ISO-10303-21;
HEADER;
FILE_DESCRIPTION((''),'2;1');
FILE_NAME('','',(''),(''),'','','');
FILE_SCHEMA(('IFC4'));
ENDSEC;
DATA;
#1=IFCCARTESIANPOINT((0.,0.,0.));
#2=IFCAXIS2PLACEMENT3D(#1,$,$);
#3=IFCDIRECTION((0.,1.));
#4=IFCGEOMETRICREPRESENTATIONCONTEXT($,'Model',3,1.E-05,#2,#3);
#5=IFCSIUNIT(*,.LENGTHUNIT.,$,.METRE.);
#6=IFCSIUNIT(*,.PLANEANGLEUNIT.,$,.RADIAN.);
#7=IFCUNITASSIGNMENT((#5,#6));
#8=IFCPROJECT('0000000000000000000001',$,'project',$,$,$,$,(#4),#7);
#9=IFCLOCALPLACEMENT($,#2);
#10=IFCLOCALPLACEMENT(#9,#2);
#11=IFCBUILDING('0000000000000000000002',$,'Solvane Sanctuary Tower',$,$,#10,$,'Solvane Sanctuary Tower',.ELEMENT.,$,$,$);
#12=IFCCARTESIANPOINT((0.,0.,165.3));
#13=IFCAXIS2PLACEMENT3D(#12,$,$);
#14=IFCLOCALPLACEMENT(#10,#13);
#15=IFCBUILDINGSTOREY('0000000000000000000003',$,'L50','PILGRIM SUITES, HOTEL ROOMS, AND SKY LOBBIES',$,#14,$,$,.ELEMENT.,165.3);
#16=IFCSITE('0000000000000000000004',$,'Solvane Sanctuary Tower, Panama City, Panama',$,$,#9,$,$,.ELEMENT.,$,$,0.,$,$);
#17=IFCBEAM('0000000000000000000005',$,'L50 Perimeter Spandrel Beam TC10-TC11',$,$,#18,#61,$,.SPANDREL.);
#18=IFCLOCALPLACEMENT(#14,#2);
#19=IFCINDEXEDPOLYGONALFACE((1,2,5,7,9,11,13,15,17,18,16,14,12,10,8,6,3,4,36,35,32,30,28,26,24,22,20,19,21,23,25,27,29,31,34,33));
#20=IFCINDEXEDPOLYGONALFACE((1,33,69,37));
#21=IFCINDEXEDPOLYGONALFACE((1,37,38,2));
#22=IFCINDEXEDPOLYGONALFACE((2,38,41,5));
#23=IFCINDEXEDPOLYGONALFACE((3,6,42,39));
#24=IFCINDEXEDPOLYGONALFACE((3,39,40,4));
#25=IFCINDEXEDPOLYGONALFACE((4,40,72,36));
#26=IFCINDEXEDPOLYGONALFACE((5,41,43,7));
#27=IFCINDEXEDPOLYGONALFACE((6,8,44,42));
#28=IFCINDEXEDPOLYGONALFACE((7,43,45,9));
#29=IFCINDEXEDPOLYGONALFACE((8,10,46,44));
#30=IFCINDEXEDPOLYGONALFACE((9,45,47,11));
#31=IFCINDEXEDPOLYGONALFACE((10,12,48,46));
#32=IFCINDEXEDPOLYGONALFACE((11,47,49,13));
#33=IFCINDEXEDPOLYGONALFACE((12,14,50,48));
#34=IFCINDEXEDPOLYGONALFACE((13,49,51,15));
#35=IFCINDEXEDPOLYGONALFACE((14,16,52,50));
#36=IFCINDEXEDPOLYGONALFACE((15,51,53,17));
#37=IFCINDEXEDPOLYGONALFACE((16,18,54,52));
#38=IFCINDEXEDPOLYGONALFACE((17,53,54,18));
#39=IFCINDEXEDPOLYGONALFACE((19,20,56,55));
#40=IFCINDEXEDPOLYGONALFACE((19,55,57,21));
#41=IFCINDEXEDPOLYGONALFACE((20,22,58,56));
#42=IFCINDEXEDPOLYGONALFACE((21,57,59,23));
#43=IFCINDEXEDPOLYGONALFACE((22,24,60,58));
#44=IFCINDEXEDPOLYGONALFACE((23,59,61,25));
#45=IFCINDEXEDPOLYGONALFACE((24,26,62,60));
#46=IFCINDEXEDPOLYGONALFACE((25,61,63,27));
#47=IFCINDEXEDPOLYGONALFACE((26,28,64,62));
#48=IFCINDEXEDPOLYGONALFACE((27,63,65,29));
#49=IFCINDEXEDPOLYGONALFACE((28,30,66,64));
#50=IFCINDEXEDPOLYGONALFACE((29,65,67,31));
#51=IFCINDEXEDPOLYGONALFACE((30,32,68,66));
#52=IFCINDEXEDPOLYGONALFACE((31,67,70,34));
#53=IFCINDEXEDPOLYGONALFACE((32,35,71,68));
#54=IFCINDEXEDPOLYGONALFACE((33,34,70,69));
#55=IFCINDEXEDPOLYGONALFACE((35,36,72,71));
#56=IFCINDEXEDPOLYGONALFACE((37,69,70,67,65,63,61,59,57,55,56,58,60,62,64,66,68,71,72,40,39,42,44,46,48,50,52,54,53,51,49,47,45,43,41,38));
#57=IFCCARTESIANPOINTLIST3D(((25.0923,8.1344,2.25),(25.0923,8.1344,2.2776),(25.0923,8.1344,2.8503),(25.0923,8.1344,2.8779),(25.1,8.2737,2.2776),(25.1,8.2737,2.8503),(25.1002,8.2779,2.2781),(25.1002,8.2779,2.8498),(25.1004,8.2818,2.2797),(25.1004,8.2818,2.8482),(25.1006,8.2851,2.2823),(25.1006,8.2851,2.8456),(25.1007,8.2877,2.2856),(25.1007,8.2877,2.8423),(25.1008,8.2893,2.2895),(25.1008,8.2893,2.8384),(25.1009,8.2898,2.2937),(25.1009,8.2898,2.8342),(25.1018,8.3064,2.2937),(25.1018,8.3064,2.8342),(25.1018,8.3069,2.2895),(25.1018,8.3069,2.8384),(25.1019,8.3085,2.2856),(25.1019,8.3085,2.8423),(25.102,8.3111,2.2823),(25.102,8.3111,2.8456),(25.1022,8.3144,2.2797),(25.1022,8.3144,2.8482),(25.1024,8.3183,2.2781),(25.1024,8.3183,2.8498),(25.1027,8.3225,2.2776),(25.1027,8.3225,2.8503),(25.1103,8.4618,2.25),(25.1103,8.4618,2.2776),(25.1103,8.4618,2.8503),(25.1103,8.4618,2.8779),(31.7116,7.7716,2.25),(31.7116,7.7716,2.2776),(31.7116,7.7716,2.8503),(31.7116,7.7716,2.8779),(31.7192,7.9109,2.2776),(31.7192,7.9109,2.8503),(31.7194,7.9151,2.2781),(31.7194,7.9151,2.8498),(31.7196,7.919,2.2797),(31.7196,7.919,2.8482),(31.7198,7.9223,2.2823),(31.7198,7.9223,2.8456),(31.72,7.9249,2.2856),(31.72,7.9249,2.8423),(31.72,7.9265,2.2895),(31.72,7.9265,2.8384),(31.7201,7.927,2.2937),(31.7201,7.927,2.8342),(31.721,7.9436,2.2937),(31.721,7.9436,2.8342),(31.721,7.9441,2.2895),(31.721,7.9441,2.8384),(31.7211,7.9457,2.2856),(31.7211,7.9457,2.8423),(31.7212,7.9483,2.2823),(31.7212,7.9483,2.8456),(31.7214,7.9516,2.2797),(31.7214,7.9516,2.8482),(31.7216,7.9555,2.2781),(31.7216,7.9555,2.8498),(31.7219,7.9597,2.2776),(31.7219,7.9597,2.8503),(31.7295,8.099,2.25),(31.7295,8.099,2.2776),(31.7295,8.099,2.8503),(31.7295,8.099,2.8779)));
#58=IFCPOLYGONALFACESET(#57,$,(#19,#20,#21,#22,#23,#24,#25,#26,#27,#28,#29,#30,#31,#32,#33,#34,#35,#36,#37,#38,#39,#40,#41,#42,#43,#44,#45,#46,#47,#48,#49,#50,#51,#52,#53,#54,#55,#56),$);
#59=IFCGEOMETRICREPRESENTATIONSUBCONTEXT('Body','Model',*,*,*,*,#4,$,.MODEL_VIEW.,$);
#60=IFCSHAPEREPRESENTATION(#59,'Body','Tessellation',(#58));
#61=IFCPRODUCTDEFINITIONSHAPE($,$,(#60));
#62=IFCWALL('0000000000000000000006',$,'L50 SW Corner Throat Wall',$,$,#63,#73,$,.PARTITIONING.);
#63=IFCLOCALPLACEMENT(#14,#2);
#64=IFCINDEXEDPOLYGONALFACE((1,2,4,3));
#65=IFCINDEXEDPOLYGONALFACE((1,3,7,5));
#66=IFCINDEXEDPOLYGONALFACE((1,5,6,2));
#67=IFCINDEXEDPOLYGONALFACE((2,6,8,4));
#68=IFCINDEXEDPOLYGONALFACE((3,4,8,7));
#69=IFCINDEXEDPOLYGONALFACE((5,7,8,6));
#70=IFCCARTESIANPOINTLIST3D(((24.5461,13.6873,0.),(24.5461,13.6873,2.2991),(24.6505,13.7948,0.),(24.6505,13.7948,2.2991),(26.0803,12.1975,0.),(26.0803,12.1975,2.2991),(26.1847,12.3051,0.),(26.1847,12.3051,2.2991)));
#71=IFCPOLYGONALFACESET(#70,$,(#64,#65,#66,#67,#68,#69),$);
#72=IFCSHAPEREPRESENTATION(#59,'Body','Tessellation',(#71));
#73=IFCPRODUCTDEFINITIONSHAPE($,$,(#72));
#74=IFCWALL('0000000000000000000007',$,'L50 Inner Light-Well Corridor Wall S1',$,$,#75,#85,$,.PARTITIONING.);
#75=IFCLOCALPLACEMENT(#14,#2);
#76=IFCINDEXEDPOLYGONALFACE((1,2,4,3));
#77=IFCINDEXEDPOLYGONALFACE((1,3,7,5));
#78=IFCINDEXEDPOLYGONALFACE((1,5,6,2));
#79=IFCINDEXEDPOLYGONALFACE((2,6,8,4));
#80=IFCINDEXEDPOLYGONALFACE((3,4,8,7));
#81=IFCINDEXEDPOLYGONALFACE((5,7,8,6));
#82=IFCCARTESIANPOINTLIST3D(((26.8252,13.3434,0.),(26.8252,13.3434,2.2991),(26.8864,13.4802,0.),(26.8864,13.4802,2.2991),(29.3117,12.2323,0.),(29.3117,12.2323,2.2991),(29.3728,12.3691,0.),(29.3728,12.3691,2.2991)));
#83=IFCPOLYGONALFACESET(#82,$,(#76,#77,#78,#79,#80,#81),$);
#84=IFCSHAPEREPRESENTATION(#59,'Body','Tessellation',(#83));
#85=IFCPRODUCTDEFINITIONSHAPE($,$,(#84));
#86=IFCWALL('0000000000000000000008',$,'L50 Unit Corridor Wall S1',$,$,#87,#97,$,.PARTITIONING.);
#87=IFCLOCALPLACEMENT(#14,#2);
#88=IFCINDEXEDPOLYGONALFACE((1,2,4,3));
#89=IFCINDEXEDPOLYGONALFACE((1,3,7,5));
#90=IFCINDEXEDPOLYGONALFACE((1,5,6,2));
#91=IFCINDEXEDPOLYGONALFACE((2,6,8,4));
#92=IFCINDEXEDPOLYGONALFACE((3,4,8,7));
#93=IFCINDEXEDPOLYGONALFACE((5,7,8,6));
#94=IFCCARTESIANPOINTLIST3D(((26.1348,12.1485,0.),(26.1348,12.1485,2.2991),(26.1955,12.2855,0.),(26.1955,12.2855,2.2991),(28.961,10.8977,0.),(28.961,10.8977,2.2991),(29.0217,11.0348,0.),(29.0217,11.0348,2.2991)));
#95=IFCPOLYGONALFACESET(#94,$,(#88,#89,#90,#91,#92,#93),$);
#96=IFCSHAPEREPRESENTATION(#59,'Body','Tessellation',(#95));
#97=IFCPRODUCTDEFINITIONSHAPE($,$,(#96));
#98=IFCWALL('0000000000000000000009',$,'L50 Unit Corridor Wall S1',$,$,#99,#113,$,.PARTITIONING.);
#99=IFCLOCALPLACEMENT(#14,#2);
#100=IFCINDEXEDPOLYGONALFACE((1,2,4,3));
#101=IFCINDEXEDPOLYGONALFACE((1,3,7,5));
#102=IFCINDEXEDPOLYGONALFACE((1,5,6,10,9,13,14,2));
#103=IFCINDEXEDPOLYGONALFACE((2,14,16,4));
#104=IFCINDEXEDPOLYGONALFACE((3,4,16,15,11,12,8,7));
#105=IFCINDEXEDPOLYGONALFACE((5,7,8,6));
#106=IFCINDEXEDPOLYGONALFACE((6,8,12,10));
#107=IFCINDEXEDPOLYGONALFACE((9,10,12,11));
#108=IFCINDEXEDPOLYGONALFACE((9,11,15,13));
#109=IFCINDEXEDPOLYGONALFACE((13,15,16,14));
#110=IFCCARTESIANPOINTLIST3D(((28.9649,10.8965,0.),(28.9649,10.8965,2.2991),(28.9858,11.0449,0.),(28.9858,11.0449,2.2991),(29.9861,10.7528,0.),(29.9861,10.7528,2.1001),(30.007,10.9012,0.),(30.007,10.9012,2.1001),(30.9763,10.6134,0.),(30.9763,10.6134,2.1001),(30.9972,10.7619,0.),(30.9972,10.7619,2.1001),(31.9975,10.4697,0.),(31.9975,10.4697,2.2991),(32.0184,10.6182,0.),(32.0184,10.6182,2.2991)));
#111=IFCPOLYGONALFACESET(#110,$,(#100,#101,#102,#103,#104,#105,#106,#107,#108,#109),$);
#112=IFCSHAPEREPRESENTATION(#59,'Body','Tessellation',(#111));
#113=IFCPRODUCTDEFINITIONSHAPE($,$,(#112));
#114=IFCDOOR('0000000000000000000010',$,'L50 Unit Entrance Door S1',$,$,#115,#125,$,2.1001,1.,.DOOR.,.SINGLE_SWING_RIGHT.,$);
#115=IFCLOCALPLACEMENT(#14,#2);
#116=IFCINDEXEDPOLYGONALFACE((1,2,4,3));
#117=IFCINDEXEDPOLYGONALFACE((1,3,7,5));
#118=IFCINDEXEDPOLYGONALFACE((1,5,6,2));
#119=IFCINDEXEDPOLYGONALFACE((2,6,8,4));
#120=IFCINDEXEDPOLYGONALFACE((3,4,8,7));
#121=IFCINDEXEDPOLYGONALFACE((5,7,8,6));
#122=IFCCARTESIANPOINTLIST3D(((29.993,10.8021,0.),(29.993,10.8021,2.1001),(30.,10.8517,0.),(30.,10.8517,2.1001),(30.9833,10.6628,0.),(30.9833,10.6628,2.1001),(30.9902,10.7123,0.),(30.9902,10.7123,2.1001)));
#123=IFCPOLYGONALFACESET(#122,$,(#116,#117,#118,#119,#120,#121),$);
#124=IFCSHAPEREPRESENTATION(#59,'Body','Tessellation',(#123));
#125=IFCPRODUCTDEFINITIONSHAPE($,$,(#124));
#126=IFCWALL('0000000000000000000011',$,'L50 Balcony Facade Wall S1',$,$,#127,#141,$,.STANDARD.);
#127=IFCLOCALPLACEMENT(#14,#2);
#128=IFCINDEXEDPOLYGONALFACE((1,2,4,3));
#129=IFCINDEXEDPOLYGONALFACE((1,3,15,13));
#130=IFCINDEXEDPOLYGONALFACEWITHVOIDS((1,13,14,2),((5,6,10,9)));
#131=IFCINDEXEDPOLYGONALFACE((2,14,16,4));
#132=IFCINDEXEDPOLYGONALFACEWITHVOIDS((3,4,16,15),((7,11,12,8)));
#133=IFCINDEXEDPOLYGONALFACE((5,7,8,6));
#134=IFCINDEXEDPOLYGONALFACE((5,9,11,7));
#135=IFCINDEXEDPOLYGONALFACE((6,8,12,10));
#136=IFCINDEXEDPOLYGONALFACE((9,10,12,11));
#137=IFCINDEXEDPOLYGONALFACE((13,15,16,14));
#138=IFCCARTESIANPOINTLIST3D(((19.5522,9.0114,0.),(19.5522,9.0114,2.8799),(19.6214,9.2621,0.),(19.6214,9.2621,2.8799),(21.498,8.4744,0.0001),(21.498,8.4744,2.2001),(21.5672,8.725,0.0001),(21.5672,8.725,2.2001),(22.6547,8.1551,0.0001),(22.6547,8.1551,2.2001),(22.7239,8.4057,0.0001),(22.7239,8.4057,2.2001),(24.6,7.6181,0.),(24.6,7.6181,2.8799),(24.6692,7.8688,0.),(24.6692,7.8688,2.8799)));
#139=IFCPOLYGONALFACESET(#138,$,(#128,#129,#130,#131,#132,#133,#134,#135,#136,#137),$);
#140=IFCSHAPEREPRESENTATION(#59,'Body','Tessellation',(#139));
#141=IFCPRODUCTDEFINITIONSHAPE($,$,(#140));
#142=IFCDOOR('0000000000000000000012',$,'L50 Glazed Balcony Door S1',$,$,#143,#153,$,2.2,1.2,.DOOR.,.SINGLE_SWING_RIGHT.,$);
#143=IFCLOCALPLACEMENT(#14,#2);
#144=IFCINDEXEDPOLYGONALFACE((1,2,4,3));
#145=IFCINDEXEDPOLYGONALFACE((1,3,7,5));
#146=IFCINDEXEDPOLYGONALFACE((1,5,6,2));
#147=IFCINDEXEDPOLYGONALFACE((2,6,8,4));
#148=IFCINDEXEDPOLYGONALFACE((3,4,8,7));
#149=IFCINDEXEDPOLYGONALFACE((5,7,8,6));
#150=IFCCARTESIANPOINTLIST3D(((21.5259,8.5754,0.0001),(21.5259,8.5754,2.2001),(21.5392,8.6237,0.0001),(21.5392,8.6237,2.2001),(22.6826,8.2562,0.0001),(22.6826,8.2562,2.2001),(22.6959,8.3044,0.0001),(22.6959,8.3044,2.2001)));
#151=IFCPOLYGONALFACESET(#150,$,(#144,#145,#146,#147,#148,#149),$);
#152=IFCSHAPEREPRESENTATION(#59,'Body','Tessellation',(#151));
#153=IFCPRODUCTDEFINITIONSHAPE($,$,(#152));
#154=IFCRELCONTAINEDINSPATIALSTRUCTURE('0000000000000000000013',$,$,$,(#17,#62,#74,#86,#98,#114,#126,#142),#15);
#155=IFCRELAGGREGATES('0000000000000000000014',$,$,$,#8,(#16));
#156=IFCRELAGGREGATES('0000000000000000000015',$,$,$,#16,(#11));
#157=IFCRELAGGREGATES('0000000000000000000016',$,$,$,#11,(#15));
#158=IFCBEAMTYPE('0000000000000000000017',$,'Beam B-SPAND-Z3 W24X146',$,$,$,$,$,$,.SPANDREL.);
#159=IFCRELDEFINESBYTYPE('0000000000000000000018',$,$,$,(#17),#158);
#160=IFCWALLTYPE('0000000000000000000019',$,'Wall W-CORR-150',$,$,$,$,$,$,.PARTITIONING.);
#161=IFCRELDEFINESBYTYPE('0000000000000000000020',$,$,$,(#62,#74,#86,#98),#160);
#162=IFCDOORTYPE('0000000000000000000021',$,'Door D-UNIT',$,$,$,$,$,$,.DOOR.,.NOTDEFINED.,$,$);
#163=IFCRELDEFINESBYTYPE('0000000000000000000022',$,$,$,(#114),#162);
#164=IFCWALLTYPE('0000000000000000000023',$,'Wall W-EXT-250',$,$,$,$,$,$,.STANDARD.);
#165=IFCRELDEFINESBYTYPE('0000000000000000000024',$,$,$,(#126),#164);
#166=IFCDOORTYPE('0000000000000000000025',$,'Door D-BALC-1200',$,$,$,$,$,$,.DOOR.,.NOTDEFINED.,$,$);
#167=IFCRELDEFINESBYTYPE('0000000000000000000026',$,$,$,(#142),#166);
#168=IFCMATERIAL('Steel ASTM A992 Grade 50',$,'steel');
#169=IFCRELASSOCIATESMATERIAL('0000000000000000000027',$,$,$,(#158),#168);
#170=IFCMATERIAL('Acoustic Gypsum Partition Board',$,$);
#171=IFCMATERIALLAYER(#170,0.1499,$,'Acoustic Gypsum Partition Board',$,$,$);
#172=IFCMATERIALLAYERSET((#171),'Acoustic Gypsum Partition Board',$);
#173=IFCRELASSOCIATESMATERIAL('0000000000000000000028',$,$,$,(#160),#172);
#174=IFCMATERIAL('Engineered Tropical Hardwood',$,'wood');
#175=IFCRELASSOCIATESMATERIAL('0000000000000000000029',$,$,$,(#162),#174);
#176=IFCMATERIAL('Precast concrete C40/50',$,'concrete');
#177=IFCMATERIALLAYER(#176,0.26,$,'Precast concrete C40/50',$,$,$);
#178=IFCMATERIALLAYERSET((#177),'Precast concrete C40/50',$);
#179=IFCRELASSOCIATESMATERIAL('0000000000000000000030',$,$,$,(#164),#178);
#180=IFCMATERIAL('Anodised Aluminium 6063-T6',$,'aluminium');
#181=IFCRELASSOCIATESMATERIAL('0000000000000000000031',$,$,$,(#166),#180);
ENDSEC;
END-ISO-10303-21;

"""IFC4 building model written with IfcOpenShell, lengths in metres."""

from ifc_helpers import new_model, si_unit, direction, frame, frame_2d, origin, origin_2d, place, context, subcontext, project, spatial, rectangle, i_section, extrude, material, layer, layer_set, material_profile, profile_set, type_object, element, fill, save


model = new_model("IFC4")

# Units and contexts
model_context = context("Model", 3, precision=1e-05, world=origin(), true_north=direction((0.0, 1.0)))
body_context = subcontext(model_context, "Body", "Model", "MODEL_VIEW")
ifc_project = project(units=[si_unit("LENGTHUNIT", "METRE"), si_unit("PLANEANGLEUNIT", "RADIAN")], contexts=[model_context])

# Site, building, storey
site_placement = place(None, origin())
site = spatial("IfcSite", under=ifc_project, at=site_placement, Name="Solvane Sanctuary Tower, Panama City, Panama", CompositionType="ELEMENT", RefElevation=0.0)
building_placement = place(site_placement, origin())
building = spatial("IfcBuilding", under=site, at=building_placement, Name="Solvane Sanctuary Tower", LongName="Solvane Sanctuary Tower", CompositionType="ELEMENT")
storey_placement = place(building_placement, frame((0.0, 0.0, 165.3)))
storey = spatial("IfcBuildingStorey", under=building, at=storey_placement, Name="L50", Description="PILGRIM SUITES, HOTEL ROOMS, AND SKY LOBBIES", CompositionType="ELEMENT", Elevation=165.3)

# Beam
ifc_material_1 = material(Name="Steel ASTM A992 Grade 50", Category="steel")
ifc_material_profile_1 = material_profile(ifc_material_1, i_section(OverallWidth=0.3279, OverallDepth=0.6279, WebThickness=0.0166, FlangeThickness=0.0276, FilletRadius=0.0161, at=origin_2d()), Name="W24X146")
ifc_profile_set_1 = profile_set([ifc_material_profile_1], Name="Steel ASTM A992 Grade 50")
beam_type_1 = type_object("IfcBeamType", Name="Beam B-SPAND-Z3 W24X146", PredefinedType="SPANDREL", material=ifc_profile_set_1)
beam_1_placement = place(storey_placement, frame((25.1013, 8.2981, 2.564), z_axis=(0.998501, -0.054728, 0.0), x_axis=(0.054728, 0.998501, 0.0)))
element("IfcBeam", 1, at=beam_1_placement, inside=storey, type_object=beam_type_1, Name="L50 Perimeter Spandrel Beam TC10-TC11", PredefinedType="SPANDREL", context=body_context, shape_type="SweptSolid", body=[
    extrude(i_section(OverallWidth=0.3279, OverallDepth=0.6279, WebThickness=0.0166, FlangeThickness=0.0276, FilletRadius=0.0161, at=origin_2d()), origin(), (0.0, 0.0, 1.0), 6.6292),
])

# Walls
ifc_material_2 = material(Name="Acoustic Gypsum Partition Board")
ifc_layer_1 = layer(ifc_material_2, 0.1499, Name="Acoustic Gypsum Partition Board")
ifc_layer_set_1 = layer_set([ifc_layer_1], Name="Acoustic Gypsum Partition Board")
wall_type_1 = type_object("IfcWallType", Name="Wall W-CORR-150", PredefinedType="PARTITIONING", material=ifc_layer_set_1)
wall_1_placement = place(storey_placement, frame((26.1326, 12.2512, 0.0), z_axis=(0.0, 0.0, 1.0), x_axis=(-0.71742, 0.696641, 0.0)))
element("IfcWall", 2, at=wall_1_placement, inside=storey, type_object=wall_type_1, Name="L50 SW Corner Throat Wall", PredefinedType="PARTITIONING", context=body_context, shape_type="SweptSolid", body=[
    extrude(rectangle(XDim=2.1384, YDim=0.1499, at=frame_2d((1.0693, 0.0))), origin(), (0.0, 0.0, 1.0), 2.2991),
])
wall_2_placement = place(storey_placement, frame((26.8557, 13.4119, 0.0), z_axis=(0.0, 0.0, 1.0), x_axis=(0.912985, -0.407993, 0.0)))
element("IfcWall", 3, at=wall_2_placement, inside=storey, type_object=wall_type_1, Name="L50 Inner Light-Well Corridor Wall S1", PredefinedType="PARTITIONING", context=body_context, shape_type="SweptSolid", body=[
    extrude(rectangle(XDim=2.7234, YDim=0.1499, at=frame_2d((1.3618, 0.0))), origin(), (0.0, 0.0, 1.0), 2.2991),
])
wall_3_placement = place(storey_placement, frame((26.165, 12.217, 0.0), z_axis=(0.0, 0.0, 1.0), x_axis=(0.914452, -0.404694, 0.0)))
element("IfcWall", 4, at=wall_3_placement, inside=storey, type_object=wall_type_1, Name="L50 Unit Corridor Wall S1", PredefinedType="PARTITIONING", context=body_context, shape_type="SweptSolid", body=[
    extrude(rectangle(XDim=3.0906, YDim=0.1499, at=frame_2d((1.5454, 0.0))), origin(), (0.0, 0.0, 1.0), 2.2991),
])

# Walls, openings, doors
wall_4_placement = place(storey_placement, frame((28.9753, 10.9707, 0.0), z_axis=(0.0, 0.0, 1.0), x_axis=(0.990244, -0.139345, 0.0)))
wall_4 = element("IfcWall", 5, at=wall_4_placement, inside=storey, type_object=wall_type_1, Name="L50 Unit Corridor Wall S1", PredefinedType="PARTITIONING", context=body_context, shape_type="SweptSolid", body=[
    extrude(rectangle(XDim=3.0625, YDim=0.1499, at=frame_2d((1.5312, 0.0))), origin(), (0.0, 0.0, 1.0), 2.2991),
])
opening_1_placement = place(wall_4_placement, frame((1.0312, 0.0, 0.0)))
opening_1 = element("IfcOpeningElement", 6, at=opening_1_placement, cuts=wall_4, PredefinedType="OPENING", context=body_context, shape_type="SweptSolid", body=[
    extrude(rectangle(XDim=1.0, YDim=2.1001, at=frame_2d((0.5, 1.05))), frame((0.0, 0.085, 0.0), z_axis=(0.0, -1.0, 0.0), x_axis=(1.0, 0.0, 0.0)), (0.0, 0.0, 1.0), 0.1699),
])
ifc_material_3 = material(Name="Engineered Tropical Hardwood", Category="wood")
door_type_1 = type_object("IfcDoorType", Name="Door D-UNIT", OperationType="NOTDEFINED", PredefinedType="DOOR", material=ifc_material_3)
door_1_placement = place(opening_1_placement, origin())
door_1 = element("IfcDoor", 7, at=door_1_placement, inside=storey, type_object=door_type_1, Name="L50 Unit Entrance Door S1", OperationType="SINGLE_SWING_RIGHT", OverallHeight=2.1001, OverallWidth=1.0, PredefinedType="DOOR", context=body_context, shape_type="SweptSolid", body=[
    extrude(rectangle(XDim=1.0, YDim=2.1001, at=frame_2d((0.5, 1.05))), frame((0.0, 0.0249, 0.0), z_axis=(0.0, -1.0, 0.0), x_axis=(1.0, 0.0, 0.0)), (0.0, 0.0, 1.0), 0.05),
])
fill(opening_1, door_1)
ifc_material_4 = material(Name="Precast concrete C40/50", Category="concrete")
ifc_layer_2 = layer(ifc_material_4, 0.26, Name="Precast concrete C40/50")
ifc_layer_set_2 = layer_set([ifc_layer_2], Name="Precast concrete C40/50")
wall_type_2 = type_object("IfcWallType", Name="Wall W-EXT-250", PredefinedType="STANDARD", material=ifc_layer_set_2)
wall_5_placement = place(storey_placement, frame((19.5869, 9.1367, 0.0), z_axis=(0.0, 0.0, 1.0), x_axis=(0.963953, -0.266071, 0.0)))
wall_5 = element("IfcWall", 8, at=wall_5_placement, inside=storey, type_object=wall_type_2, Name="L50 Balcony Facade Wall S1", PredefinedType="STANDARD", context=body_context, shape_type="SweptSolid", body=[
    extrude(rectangle(XDim=5.2366, YDim=0.26, at=frame_2d((2.6182, 0.0))), origin(), (0.0, 0.0, 1.0), 2.8799),
])
opening_2_placement = place(wall_5_placement, frame((2.0183, 0.0, 0.0)))
opening_2 = element("IfcOpeningElement", 9, at=opening_2_placement, cuts=wall_5, PredefinedType="OPENING", context=body_context, shape_type="SweptSolid", body=[
    extrude(rectangle(XDim=1.2, YDim=2.2, at=frame_2d((0.6001, 1.1001))), frame((0.0, 0.1399, 0.0), z_axis=(0.0, -1.0, 0.0), x_axis=(1.0, 0.0, 0.0)), (0.0, 0.0, 1.0), 0.28),
])
ifc_material_5 = material(Name="Anodised Aluminium 6063-T6", Category="aluminium")
door_type_2 = type_object("IfcDoorType", Name="Door D-BALC-1200", OperationType="NOTDEFINED", PredefinedType="DOOR", material=ifc_material_5)
door_2_placement = place(opening_2_placement, origin())
door_2 = element("IfcDoor", 10, at=door_2_placement, inside=storey, type_object=door_type_2, Name="L50 Glazed Balcony Door S1", OperationType="SINGLE_SWING_RIGHT", OverallHeight=2.2, OverallWidth=1.2, PredefinedType="DOOR", context=body_context, shape_type="SweptSolid", body=[
    extrude(rectangle(XDim=1.2, YDim=2.2, at=frame_2d((0.6001, 1.1001))), frame((0.0, 0.0249, 0.0), z_axis=(0.0, -1.0, 0.0), x_axis=(1.0, 0.0, 0.0)), (0.0, 0.0, 1.0), 0.05),
])
fill(opening_2, door_2)

save(model, "model.ifc")
